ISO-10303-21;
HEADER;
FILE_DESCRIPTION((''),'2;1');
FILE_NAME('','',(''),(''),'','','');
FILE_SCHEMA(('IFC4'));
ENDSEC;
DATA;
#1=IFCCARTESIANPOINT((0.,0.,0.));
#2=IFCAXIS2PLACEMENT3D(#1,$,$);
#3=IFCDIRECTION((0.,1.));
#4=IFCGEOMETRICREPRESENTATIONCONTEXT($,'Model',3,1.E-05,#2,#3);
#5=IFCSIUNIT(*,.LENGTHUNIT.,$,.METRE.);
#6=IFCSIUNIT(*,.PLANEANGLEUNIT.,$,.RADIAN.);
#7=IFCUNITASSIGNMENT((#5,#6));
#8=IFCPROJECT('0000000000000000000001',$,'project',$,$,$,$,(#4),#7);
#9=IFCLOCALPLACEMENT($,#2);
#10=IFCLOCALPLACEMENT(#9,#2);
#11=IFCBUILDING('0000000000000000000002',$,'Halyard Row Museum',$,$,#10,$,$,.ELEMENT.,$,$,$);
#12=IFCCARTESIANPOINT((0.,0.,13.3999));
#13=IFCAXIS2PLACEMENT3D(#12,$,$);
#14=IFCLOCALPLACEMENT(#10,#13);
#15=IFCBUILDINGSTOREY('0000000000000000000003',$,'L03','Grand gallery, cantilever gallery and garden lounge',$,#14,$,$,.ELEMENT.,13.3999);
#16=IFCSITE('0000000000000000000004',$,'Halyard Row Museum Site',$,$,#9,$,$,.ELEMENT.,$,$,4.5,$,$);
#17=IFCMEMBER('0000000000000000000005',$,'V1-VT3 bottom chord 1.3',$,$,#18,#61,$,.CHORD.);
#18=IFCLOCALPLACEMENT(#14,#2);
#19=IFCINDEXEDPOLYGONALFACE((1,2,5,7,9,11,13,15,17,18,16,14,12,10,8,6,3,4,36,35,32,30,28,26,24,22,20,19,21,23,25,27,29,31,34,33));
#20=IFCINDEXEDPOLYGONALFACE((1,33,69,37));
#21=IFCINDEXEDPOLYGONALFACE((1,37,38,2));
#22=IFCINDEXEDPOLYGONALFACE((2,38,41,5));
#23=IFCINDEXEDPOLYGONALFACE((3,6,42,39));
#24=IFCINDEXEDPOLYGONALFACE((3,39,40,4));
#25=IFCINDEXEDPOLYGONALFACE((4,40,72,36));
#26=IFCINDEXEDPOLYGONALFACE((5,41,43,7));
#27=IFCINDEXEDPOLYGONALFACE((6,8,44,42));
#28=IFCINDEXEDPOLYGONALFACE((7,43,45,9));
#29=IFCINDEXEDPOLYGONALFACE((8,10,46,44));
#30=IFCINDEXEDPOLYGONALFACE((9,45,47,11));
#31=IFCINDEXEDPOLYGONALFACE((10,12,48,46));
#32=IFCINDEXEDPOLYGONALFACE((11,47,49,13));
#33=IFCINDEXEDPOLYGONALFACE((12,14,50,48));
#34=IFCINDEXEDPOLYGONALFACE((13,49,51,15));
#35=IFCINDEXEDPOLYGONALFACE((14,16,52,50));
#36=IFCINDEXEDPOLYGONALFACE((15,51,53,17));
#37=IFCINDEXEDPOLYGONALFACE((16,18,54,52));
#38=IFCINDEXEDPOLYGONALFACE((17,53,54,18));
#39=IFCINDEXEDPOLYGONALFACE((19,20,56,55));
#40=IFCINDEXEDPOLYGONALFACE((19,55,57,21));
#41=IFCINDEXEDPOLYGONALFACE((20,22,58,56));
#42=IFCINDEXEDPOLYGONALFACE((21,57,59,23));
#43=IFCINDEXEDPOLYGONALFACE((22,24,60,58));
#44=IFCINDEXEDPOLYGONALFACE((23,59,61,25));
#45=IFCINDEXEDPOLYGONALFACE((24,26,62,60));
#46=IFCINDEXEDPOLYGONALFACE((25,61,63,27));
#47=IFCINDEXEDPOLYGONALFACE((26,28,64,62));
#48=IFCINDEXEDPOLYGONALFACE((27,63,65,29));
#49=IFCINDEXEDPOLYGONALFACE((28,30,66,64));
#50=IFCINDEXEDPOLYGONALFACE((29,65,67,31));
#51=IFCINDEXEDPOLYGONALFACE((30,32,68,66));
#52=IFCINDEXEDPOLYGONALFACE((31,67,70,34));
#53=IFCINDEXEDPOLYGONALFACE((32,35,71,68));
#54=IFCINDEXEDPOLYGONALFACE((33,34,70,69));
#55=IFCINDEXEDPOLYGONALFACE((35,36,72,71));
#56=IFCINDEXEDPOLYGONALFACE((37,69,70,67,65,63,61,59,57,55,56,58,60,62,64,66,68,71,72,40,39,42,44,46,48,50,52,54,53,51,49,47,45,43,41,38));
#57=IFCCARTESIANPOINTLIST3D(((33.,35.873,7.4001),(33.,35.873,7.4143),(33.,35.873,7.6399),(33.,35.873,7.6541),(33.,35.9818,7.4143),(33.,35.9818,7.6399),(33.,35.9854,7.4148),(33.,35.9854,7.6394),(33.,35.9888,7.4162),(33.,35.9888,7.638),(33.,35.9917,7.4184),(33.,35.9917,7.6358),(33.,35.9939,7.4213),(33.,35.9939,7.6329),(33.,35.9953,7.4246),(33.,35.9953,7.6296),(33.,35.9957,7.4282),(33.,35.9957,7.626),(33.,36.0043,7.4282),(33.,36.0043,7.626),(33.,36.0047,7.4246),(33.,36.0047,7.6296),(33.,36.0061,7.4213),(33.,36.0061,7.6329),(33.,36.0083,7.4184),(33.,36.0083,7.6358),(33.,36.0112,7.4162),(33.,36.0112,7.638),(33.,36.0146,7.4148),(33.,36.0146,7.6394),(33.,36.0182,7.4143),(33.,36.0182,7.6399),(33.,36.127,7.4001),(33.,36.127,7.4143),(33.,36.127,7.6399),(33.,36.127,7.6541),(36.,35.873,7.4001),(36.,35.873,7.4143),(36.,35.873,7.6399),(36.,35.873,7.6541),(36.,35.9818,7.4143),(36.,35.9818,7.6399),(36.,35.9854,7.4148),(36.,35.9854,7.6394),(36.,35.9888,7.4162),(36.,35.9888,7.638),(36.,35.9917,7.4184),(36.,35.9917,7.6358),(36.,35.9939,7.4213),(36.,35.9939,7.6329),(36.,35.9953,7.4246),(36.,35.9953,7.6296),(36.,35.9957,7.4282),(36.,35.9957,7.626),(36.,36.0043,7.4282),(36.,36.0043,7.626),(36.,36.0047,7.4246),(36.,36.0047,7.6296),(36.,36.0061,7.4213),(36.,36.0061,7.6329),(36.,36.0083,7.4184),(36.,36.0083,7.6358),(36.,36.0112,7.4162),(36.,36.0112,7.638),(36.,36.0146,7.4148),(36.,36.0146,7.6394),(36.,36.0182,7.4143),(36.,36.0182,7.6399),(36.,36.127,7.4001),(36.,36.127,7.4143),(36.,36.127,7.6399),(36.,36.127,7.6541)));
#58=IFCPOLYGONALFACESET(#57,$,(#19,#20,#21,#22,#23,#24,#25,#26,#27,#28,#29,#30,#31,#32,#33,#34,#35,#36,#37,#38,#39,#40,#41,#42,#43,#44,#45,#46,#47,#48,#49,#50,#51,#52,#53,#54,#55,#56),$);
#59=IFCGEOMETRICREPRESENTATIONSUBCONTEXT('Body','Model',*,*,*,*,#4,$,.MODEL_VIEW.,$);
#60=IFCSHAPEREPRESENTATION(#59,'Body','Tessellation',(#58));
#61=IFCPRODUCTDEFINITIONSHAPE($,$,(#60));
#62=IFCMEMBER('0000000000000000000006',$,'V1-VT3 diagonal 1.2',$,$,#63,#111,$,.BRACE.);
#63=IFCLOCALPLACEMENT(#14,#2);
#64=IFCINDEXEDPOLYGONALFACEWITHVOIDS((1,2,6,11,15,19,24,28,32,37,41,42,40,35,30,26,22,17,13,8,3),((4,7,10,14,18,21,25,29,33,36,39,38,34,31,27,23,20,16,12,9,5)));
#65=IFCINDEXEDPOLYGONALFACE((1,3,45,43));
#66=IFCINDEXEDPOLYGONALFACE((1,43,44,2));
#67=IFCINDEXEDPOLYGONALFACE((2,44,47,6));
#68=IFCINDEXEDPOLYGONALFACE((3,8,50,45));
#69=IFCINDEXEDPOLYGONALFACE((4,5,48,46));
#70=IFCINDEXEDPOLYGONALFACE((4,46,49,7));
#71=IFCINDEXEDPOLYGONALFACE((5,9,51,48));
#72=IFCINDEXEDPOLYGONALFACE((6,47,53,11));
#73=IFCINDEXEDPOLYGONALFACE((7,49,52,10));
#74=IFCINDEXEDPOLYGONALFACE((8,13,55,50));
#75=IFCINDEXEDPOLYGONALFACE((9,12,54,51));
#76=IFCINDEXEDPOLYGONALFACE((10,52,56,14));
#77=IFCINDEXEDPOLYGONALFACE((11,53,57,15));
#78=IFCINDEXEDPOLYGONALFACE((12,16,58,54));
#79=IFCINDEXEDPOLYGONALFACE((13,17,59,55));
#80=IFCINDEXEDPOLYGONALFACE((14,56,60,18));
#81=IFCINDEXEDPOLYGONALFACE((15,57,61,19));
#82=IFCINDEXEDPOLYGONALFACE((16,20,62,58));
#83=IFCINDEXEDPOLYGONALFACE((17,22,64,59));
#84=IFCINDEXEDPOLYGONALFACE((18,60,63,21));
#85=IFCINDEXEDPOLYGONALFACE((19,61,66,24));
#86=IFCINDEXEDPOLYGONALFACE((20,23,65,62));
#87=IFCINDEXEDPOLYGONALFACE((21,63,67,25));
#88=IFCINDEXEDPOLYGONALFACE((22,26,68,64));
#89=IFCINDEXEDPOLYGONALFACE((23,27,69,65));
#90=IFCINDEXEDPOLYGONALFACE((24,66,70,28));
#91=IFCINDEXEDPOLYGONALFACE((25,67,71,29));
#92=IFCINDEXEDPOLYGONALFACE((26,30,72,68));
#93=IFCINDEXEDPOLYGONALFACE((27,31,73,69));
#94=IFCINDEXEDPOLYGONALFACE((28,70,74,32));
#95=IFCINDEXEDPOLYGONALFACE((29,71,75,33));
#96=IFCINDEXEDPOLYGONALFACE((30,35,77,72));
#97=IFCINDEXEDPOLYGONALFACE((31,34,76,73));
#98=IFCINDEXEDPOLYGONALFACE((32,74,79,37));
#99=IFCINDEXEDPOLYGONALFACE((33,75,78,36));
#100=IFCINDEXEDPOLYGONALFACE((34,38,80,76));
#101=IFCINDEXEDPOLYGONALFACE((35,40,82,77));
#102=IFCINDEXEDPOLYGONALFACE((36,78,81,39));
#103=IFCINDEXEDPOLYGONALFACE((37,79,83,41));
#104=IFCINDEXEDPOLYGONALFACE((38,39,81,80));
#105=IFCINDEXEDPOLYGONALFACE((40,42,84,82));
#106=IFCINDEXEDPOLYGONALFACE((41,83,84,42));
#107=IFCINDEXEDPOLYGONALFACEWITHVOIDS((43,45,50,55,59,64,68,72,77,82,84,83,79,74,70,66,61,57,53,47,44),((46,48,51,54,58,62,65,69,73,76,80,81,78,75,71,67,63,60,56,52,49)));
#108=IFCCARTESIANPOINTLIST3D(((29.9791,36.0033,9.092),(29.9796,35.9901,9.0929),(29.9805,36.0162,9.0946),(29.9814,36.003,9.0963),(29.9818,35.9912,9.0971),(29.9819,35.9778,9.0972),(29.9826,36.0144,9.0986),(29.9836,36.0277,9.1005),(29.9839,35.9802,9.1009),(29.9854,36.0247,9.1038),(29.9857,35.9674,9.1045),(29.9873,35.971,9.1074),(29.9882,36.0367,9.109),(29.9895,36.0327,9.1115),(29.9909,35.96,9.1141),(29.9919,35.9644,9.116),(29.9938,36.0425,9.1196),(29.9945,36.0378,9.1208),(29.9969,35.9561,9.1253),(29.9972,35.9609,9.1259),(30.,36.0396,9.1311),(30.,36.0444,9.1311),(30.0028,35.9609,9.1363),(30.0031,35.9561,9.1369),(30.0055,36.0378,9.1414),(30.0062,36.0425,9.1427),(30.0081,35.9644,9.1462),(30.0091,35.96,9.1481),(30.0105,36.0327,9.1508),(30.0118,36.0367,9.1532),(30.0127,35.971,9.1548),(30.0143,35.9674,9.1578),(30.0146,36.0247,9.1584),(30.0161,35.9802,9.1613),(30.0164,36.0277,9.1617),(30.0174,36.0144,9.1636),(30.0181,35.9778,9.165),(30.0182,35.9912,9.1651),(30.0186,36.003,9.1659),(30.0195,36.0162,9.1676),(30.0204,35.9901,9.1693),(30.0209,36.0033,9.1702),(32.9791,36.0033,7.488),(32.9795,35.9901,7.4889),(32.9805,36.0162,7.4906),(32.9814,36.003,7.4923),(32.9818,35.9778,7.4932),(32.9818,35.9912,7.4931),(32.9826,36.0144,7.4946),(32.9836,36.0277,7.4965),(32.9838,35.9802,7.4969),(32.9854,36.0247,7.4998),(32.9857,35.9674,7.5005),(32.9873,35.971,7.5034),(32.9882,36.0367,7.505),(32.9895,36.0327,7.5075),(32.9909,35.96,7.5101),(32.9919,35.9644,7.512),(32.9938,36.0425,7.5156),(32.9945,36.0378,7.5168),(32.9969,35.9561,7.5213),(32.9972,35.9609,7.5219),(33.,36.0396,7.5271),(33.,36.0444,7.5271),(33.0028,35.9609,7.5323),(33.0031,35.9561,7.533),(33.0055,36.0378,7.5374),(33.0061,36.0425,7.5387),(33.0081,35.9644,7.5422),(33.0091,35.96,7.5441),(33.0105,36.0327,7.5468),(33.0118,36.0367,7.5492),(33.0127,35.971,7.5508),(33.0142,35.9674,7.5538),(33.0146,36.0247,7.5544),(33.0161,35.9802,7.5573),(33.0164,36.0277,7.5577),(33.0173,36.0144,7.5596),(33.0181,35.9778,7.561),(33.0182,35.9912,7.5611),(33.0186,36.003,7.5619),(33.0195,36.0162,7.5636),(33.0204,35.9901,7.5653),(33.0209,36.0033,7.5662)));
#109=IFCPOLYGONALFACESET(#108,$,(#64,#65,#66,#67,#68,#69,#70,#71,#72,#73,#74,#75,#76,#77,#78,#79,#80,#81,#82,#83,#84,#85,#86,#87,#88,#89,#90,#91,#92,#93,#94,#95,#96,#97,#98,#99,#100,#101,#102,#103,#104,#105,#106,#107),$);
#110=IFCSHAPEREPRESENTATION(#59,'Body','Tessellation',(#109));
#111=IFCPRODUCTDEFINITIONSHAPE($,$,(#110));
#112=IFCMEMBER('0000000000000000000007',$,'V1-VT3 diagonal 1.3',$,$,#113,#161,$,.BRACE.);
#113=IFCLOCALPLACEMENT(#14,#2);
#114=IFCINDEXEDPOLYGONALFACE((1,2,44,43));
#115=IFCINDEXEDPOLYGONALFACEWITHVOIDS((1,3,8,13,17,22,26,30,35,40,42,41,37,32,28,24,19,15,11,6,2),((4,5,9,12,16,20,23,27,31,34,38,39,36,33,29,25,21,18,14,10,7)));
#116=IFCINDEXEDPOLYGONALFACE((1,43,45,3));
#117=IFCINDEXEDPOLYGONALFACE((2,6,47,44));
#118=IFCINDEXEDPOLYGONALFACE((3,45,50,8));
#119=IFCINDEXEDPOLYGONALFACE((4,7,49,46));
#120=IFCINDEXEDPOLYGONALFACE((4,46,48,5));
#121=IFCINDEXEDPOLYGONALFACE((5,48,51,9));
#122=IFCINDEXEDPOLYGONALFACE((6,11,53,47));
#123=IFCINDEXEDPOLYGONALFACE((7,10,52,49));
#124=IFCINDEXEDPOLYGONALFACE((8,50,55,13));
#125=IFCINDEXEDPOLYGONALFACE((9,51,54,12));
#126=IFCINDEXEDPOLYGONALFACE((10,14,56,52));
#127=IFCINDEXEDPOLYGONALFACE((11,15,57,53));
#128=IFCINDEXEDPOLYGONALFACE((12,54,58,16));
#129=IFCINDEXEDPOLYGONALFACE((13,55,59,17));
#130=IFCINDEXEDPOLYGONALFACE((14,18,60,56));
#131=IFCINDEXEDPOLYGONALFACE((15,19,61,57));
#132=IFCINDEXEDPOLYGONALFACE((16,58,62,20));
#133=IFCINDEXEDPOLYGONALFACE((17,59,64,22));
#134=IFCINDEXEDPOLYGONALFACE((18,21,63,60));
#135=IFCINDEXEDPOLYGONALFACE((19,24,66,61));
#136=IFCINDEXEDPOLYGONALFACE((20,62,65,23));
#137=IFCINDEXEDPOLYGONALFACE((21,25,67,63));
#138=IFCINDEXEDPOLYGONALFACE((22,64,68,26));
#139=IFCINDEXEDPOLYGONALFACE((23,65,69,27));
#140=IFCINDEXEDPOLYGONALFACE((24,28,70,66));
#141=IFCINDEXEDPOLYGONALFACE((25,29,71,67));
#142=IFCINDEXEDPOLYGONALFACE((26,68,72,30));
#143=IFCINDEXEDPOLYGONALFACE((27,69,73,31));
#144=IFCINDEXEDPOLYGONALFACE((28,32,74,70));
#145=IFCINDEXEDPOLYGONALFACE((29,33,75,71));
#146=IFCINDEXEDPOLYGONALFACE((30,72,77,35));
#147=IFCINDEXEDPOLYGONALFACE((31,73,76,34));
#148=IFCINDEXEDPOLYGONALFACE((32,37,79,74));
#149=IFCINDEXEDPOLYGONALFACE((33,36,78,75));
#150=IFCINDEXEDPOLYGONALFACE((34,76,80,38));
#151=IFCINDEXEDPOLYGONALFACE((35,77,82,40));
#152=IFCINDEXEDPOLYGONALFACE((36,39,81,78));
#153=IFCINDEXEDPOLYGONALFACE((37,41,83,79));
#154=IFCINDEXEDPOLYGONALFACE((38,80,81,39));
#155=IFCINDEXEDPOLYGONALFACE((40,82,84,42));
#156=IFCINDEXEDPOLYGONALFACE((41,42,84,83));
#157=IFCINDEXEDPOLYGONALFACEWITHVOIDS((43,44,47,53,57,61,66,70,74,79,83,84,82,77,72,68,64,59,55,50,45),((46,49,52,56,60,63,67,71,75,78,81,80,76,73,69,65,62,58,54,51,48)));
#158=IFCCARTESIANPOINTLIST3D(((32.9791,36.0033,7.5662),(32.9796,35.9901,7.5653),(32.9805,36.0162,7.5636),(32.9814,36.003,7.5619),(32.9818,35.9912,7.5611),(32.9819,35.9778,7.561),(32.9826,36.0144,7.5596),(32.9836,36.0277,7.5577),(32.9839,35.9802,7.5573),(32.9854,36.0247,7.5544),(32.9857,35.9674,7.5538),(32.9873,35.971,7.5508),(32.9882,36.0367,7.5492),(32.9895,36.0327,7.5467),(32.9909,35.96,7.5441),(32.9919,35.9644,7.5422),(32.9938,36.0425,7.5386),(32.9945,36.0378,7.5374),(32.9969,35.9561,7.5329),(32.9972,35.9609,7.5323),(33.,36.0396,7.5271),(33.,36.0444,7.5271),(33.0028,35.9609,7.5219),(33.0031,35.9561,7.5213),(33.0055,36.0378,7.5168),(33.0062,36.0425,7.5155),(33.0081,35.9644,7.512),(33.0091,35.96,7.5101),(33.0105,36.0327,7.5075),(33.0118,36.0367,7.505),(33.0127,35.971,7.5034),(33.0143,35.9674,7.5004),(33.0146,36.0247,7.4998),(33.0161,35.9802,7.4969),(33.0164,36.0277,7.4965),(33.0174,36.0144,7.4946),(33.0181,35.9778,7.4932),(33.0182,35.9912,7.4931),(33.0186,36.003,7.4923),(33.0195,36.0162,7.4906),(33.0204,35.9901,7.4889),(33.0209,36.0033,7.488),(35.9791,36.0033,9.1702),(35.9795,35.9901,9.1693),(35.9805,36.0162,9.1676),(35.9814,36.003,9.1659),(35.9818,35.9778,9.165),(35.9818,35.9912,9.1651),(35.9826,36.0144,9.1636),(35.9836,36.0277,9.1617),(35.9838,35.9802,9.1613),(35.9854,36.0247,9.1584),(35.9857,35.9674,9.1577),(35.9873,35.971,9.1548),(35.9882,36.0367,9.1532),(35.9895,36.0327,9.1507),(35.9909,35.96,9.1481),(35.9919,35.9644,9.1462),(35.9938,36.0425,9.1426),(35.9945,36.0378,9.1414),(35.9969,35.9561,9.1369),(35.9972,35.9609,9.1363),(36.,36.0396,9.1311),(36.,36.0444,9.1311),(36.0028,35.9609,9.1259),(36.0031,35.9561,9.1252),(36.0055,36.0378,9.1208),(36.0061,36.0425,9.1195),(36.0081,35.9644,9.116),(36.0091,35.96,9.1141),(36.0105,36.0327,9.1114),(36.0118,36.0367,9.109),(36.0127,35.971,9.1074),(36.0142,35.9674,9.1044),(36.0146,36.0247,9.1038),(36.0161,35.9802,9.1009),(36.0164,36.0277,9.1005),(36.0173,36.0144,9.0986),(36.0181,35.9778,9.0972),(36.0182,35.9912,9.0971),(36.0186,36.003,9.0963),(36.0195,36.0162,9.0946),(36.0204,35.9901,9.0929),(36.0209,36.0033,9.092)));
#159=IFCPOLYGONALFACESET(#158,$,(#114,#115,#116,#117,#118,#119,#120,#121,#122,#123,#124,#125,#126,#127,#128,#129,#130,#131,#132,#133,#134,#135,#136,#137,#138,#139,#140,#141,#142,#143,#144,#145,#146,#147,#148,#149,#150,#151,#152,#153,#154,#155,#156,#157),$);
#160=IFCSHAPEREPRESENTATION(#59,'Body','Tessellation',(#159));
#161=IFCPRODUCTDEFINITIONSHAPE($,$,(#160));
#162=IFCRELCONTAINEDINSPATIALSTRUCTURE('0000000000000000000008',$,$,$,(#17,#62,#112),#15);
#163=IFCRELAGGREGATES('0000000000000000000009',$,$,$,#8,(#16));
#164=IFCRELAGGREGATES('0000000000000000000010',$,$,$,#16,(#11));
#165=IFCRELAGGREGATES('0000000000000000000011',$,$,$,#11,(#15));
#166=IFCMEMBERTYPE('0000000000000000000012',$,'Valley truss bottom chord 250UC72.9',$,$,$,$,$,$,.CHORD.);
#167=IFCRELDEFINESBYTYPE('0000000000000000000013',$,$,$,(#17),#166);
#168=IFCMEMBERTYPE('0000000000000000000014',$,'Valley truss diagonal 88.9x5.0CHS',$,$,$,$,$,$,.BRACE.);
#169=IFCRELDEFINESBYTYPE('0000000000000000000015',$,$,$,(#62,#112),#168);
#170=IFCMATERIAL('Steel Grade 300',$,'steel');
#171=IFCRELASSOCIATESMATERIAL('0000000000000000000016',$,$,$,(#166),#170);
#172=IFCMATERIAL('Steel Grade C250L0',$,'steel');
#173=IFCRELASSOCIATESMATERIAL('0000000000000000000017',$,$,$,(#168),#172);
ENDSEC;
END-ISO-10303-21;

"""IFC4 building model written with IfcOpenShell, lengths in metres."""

from ifc_helpers import new_model, si_unit, direction, frame, origin, origin_2d, place, context, subcontext, project, spatial, hollow_circle, i_section, extrude, material, material_profile, profile_set, type_object, element, save


model = new_model("IFC4")

# Units and contexts
model_context = context("Model", 3, precision=1e-05, world=origin(), true_north=direction((0.0, 1.0)))
body_context = subcontext(model_context, "Body", "Model", "MODEL_VIEW")
ifc_project = project(units=[si_unit("LENGTHUNIT", "METRE"), si_unit("PLANEANGLEUNIT", "RADIAN")], contexts=[model_context])

# Site, building, storey
site_placement = place(None, origin())
site = spatial("IfcSite", under=ifc_project, at=site_placement, Name="Halyard Row Museum Site", CompositionType="ELEMENT", RefElevation=4.5)
building_placement = place(site_placement, origin())
building = spatial("IfcBuilding", under=site, at=building_placement, Name="Halyard Row Museum", CompositionType="ELEMENT")
storey_placement = place(building_placement, frame((0.0, 0.0, 13.3999)))
storey = spatial("IfcBuildingStorey", under=building, at=storey_placement, Name="L03", Description="Grand gallery, cantilever gallery and garden lounge", CompositionType="ELEMENT", Elevation=13.3999)

# Members
ifc_material_1 = material(Name="Steel Grade 300", Category="steel")
ifc_material_profile_1 = material_profile(ifc_material_1, i_section(OverallWidth=0.2539, OverallDepth=0.2539, WebThickness=0.0085, FlangeThickness=0.0142, FilletRadius=0.0139, at=origin_2d()), Name="250UC72.9")
ifc_profile_set_1 = profile_set([ifc_material_profile_1], Name="Steel Grade 300")
member_type_1 = type_object("IfcMemberType", Name="Valley truss bottom chord 250UC72.9", PredefinedType="CHORD", material=ifc_profile_set_1)
for number, where, z_axis, x_axis, name in (
    (1, (33.0, 36.0, 7.5271), (1.0, 0.0, 0.0), (0.0, 1.0, 0.0), "V1-VT3 bottom chord 1.3"),
):
    element("IfcMember", number, at=place(storey_placement, frame(where, z_axis=z_axis, x_axis=x_axis)), inside=storey, type_object=member_type_1, Name=name, PredefinedType="CHORD", context=body_context, shape_type="SweptSolid", body=[
        extrude(i_section(OverallWidth=0.2539, OverallDepth=0.2539, WebThickness=0.0085, FlangeThickness=0.0142, FilletRadius=0.0139, at=origin_2d()), origin(), (0.0, 0.0, 1.0), 3.0),
    ])
ifc_material_2 = material(Name="Steel Grade C250L0", Category="steel")
ifc_material_profile_2 = material_profile(ifc_material_2, hollow_circle(Radius=0.0444, WallThickness=0.0049, at=origin_2d()), Name="88.9x5.0CHS")
ifc_profile_set_2 = profile_set([ifc_material_profile_2], Name="Steel Grade C250L0")
member_type_2 = type_object("IfcMemberType", Name="Valley truss diagonal 88.9x5.0CHS", PredefinedType="BRACE", material=ifc_profile_set_2)
for number, where, z_axis, x_axis, name in (
    (2, (30.0, 36.0, 9.1311), (0.881864, 0.0, -0.471504), (0.0, 1.0, 0.0), "V1-VT3 diagonal 1.2"),
    (3, (33.0, 36.0, 7.5271), (0.881864, 0.0, 0.471504), (0.0, 1.0, 0.0), "V1-VT3 diagonal 1.3"),
):
    element("IfcMember", number, at=place(storey_placement, frame(where, z_axis=z_axis, x_axis=x_axis)), inside=storey, type_object=member_type_2, Name=name, PredefinedType="BRACE", context=body_context, shape_type="SweptSolid", body=[
        extrude(hollow_circle(Radius=0.0444, WallThickness=0.0049, at=origin_2d()), origin(), (0.0, 0.0, 1.0), 3.4019),
    ])

save(model, "model.ifc")
